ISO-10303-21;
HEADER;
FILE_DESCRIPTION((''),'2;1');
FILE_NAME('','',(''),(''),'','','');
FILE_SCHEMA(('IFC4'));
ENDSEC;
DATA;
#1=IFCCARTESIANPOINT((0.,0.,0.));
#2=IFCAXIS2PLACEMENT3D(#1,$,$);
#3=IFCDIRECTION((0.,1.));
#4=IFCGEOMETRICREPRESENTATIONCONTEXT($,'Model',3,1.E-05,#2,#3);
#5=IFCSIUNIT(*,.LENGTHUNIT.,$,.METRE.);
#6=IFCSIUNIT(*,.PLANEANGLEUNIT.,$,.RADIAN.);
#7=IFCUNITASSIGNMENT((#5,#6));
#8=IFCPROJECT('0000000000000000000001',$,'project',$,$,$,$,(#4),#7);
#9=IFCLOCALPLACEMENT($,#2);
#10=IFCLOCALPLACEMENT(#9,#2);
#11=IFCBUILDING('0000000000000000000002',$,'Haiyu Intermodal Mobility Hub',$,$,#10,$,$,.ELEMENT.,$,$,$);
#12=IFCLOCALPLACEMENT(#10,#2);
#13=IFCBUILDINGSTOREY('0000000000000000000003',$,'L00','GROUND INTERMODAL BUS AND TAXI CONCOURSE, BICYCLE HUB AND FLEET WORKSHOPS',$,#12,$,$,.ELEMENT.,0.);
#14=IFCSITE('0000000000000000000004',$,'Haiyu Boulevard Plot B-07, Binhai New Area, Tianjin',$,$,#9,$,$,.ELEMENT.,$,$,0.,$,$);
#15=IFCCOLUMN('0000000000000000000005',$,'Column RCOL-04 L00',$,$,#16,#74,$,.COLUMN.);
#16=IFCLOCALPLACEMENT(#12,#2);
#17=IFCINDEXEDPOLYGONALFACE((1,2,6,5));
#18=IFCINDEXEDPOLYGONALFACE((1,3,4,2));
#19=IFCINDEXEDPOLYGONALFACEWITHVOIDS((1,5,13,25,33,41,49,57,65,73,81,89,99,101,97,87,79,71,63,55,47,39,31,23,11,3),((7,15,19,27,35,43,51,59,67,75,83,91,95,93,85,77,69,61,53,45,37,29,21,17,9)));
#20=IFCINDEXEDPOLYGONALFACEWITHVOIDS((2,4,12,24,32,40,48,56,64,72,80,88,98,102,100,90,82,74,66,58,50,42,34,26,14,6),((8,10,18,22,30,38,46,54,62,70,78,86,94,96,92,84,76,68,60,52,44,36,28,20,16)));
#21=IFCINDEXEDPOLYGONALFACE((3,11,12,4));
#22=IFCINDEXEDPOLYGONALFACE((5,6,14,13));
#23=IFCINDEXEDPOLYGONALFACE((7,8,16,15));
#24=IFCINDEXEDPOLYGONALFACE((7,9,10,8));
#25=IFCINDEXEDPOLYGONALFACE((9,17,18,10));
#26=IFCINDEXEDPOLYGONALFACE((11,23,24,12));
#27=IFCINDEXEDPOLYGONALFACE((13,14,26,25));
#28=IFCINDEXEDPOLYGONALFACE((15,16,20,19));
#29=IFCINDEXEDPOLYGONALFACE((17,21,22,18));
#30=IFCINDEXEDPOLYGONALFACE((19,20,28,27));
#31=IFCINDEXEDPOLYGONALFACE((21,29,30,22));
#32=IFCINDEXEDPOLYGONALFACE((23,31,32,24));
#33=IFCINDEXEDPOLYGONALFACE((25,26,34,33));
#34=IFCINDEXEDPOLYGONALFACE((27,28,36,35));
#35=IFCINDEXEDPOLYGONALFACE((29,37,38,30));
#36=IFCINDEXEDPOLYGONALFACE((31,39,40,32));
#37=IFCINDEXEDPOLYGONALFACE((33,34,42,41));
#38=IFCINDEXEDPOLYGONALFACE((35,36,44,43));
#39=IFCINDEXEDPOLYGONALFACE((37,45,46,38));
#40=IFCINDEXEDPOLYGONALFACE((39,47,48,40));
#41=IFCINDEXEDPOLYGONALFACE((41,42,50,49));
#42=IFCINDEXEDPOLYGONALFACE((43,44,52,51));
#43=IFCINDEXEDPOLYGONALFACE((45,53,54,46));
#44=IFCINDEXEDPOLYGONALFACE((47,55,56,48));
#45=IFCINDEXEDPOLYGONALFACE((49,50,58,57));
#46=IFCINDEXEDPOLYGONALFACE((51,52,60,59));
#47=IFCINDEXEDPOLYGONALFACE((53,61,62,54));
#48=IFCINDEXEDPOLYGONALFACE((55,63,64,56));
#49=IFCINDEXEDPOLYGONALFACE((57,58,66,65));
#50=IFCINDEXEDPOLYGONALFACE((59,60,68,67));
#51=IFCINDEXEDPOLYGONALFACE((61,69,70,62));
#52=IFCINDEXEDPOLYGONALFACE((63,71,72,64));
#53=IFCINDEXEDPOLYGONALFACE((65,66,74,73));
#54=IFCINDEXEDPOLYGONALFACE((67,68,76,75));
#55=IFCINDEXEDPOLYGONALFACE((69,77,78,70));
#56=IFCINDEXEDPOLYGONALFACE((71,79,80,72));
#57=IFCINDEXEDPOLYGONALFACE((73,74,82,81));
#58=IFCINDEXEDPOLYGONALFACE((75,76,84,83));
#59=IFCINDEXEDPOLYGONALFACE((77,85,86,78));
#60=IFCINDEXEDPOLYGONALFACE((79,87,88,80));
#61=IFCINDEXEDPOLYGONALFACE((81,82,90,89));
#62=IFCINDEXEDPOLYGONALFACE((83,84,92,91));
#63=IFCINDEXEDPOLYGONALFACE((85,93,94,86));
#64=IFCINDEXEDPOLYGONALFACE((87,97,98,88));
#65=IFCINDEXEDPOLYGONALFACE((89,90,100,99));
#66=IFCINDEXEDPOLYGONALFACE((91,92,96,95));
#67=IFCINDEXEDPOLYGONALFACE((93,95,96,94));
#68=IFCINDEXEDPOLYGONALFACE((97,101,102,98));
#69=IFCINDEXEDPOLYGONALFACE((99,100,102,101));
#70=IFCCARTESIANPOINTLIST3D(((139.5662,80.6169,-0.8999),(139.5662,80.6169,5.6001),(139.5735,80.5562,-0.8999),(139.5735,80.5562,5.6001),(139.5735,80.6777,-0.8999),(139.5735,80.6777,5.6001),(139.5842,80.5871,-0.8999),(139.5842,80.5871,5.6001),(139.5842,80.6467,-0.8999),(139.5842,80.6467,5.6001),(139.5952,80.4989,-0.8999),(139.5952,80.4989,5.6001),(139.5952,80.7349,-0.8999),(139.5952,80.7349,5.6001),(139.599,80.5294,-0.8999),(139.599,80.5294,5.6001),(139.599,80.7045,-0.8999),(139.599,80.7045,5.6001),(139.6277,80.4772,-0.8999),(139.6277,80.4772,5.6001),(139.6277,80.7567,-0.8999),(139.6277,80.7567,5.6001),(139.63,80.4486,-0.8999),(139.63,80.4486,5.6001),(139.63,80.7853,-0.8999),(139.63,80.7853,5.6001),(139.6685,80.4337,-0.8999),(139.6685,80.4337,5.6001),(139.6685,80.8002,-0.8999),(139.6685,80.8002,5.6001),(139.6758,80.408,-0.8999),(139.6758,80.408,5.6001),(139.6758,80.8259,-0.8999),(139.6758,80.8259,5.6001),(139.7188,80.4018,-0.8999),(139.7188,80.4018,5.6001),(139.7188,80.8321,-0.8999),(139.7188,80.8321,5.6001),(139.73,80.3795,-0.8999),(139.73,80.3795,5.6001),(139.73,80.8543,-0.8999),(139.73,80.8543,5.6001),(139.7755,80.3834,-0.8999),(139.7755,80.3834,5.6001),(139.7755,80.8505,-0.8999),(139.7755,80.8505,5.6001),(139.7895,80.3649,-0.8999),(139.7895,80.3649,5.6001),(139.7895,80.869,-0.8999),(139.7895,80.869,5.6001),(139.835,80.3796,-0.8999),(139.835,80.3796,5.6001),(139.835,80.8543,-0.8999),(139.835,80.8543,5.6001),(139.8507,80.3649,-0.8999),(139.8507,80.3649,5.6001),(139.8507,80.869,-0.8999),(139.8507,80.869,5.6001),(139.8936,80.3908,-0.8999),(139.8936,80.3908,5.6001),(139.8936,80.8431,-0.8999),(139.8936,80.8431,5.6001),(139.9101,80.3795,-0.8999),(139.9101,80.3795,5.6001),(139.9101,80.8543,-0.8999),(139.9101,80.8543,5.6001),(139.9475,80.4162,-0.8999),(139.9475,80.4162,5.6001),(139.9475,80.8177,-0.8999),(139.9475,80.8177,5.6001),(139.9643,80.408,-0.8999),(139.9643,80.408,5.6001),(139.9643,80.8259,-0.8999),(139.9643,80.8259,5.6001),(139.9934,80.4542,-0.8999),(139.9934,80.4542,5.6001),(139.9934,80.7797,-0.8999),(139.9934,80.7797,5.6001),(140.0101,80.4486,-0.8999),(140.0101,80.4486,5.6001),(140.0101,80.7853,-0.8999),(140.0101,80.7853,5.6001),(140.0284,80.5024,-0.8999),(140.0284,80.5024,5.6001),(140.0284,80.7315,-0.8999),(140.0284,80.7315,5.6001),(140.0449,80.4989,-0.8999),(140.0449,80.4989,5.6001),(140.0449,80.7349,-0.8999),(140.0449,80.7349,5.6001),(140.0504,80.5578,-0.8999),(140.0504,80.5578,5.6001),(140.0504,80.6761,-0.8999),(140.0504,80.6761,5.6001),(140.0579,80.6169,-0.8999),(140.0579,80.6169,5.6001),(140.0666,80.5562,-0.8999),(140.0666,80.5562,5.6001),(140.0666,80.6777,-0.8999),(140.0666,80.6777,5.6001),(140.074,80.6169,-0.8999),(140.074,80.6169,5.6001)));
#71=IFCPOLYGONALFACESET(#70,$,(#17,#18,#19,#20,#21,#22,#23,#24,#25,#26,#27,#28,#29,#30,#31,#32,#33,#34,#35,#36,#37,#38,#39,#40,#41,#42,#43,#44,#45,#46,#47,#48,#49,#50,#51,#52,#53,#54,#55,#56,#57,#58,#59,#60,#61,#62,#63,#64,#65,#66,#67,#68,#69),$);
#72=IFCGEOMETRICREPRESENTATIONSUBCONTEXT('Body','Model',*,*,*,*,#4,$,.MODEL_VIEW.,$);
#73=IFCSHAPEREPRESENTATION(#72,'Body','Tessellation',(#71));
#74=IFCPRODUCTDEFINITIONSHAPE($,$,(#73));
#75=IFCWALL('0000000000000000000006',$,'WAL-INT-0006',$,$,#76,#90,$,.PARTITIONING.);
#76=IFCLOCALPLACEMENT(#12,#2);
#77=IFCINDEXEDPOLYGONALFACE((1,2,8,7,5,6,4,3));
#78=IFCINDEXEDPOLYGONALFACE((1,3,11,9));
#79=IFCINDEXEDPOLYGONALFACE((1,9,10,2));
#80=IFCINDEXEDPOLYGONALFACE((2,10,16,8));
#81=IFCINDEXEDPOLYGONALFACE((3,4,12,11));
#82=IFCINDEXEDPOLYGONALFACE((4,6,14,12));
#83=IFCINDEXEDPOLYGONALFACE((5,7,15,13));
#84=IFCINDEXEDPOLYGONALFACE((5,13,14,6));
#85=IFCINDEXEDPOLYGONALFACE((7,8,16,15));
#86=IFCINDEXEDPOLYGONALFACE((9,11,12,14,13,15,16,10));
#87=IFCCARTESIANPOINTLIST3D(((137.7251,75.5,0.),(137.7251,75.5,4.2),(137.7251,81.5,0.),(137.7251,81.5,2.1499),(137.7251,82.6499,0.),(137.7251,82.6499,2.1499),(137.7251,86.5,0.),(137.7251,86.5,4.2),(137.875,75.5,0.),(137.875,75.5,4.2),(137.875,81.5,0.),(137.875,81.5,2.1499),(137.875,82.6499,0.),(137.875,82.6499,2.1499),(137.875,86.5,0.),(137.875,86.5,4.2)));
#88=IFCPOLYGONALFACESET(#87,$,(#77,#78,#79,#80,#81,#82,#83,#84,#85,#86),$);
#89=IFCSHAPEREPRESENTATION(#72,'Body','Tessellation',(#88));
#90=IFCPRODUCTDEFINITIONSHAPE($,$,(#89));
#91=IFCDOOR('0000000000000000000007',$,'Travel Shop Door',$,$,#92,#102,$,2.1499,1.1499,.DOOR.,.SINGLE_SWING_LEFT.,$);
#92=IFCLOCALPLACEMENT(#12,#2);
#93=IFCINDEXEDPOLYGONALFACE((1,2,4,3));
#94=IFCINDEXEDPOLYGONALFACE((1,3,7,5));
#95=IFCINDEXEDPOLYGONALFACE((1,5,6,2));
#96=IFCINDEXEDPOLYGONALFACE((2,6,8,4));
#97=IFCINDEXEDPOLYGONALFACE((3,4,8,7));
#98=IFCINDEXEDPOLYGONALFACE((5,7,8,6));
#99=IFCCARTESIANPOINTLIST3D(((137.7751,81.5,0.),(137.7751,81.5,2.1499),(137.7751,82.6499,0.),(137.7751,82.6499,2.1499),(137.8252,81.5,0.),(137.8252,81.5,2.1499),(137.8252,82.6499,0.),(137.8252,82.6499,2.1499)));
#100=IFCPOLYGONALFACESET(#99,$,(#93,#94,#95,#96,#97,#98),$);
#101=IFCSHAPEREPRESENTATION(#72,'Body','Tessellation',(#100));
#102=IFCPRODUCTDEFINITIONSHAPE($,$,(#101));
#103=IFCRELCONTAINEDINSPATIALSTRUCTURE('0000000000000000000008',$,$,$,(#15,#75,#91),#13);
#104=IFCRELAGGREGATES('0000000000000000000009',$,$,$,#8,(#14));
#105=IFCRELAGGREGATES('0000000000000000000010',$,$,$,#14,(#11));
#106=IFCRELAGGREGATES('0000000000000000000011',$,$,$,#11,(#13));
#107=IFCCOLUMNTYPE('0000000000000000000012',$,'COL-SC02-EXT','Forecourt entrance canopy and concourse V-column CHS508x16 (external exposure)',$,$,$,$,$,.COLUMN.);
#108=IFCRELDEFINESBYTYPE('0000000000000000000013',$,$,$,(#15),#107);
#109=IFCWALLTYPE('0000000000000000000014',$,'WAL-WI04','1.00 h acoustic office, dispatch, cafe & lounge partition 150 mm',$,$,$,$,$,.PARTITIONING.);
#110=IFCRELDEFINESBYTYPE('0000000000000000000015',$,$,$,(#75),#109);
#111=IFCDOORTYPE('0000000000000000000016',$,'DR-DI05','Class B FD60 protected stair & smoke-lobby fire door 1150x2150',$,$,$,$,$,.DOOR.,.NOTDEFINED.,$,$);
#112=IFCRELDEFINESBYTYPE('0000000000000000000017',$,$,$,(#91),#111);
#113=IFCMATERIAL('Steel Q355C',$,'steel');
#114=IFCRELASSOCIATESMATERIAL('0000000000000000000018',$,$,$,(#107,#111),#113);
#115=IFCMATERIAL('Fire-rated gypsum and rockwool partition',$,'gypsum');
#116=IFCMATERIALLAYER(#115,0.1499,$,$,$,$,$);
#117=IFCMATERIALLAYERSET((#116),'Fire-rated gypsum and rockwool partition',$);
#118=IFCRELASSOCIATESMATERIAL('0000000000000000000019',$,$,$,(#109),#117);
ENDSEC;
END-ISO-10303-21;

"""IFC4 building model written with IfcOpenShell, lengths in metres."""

from ifc_helpers import new_model, si_unit, direction, frame, frame_2d, origin, origin_2d, place, context, subcontext, project, spatial, rectangle, hollow_circle, extrude, material, layer, layer_set, material_profile, profile_set, type_object, element, fill, save


model = new_model("IFC4")

# Units and contexts
model_context = context("Model", 3, precision=1e-05, world=origin(), true_north=direction((0.0, 1.0)))
body_context = subcontext(model_context, "Body", "Model", "MODEL_VIEW")
ifc_project = project(units=[si_unit("LENGTHUNIT", "METRE"), si_unit("PLANEANGLEUNIT", "RADIAN")], contexts=[model_context])

# Site, building, storey
site_placement = place(None, origin())
site = spatial("IfcSite", under=ifc_project, at=site_placement, Name="Haiyu Boulevard Plot B-07, Binhai New Area, Tianjin", CompositionType="ELEMENT", RefElevation=0.0)
building_placement = place(site_placement, origin())
building = spatial("IfcBuilding", under=site, at=building_placement, Name="Haiyu Intermodal Mobility Hub", CompositionType="ELEMENT")
storey_placement = place(building_placement, origin())
storey = spatial("IfcBuildingStorey", under=building, at=storey_placement, Name="L00", Description="GROUND INTERMODAL BUS AND TAXI CONCOURSE, BICYCLE HUB AND FLEET WORKSHOPS", CompositionType="ELEMENT", Elevation=0.0)

# Column
ifc_material_1 = material(Name="Steel Q355C", Category="steel")
ifc_material_profile_1 = material_profile(ifc_material_1, hollow_circle(Radius=0.2539, WallThickness=0.0161, at=origin_2d()), Name="CHS508x16")
ifc_profile_set_1 = profile_set([ifc_material_profile_1], Name="Steel Q355C")
column_type_1 = type_object("IfcColumnType", Name="COL-SC02-EXT", Description="Forecourt entrance canopy and concourse V-column CHS508x16 (external exposure)", PredefinedType="COLUMN", material=ifc_profile_set_1)
column_placement = place(storey_placement, frame((139.8201, 80.6169, -0.8999), z_axis=(0.0, 0.0, 1.0), x_axis=(1.0, 0.0, 0.0)))
element("IfcColumn", 1, at=column_placement, inside=storey, type_object=column_type_1, Name="Column RCOL-04 L00", PredefinedType="COLUMN", context=body_context, shape_type="SweptSolid", body=[
    extrude(hollow_circle(Radius=0.2539, WallThickness=0.0161, at=origin_2d()), origin(), (0.0, 0.0, 1.0), 6.5),
])

# Wall, opening, door
ifc_material_2 = material(Name="Fire-rated gypsum and rockwool partition", Category="gypsum")
ifc_layer_1 = layer(ifc_material_2, 0.1499)
ifc_layer_set_1 = layer_set([ifc_layer_1], Name="Fire-rated gypsum and rockwool partition")
wall_type = type_object("IfcWallType", Name="WAL-WI04", Description="1.00 h acoustic office, dispatch, cafe & lounge partition 150 mm", PredefinedType="PARTITIONING", material=ifc_layer_set_1)
wall_placement = place(storey_placement, frame((137.8, 75.5, 0.0), z_axis=(0.0, 0.0, 1.0), x_axis=(0.0, 1.0, 0.0)))
wall = element("IfcWall", 2, at=wall_placement, inside=storey, type_object=wall_type, Name="WAL-INT-0006", PredefinedType="PARTITIONING", context=body_context, shape_type="SweptSolid", body=[
    extrude(rectangle(XDim=11.0, YDim=0.1499, at=frame_2d((5.5, 0.0))), origin(), (0.0, 0.0, 1.0), 4.2),
])
opening_placement = place(wall_placement, frame((6.0, 0.0, 0.0)))
opening = element("IfcOpeningElement", 3, at=opening_placement, cuts=wall, PredefinedType="OPENING", context=body_context, shape_type="SweptSolid", body=[
    extrude(rectangle(XDim=1.1499, YDim=2.1499, at=frame_2d((0.575, 1.075))), frame((0.0, 0.085, 0.0), z_axis=(0.0, -1.0, 0.0), x_axis=(1.0, 0.0, 0.0)), (0.0, 0.0, 1.0), 0.1699),
])
door_type = type_object("IfcDoorType", Name="DR-DI05", Description="Class B FD60 protected stair & smoke-lobby fire door 1150x2150", OperationType="NOTDEFINED", PredefinedType="DOOR", material=ifc_material_1)
door_placement = place(opening_placement, origin())
door = element("IfcDoor", 4, at=door_placement, inside=storey, type_object=door_type, Name="Travel Shop Door", OperationType="SINGLE_SWING_LEFT", OverallHeight=2.1499, OverallWidth=1.1499, PredefinedType="DOOR", context=body_context, shape_type="SweptSolid", body=[
    extrude(rectangle(XDim=1.1499, YDim=2.1499, at=frame_2d((0.575, 1.075))), frame((0.0, 0.0249, 0.0), z_axis=(0.0, -1.0, 0.0), x_axis=(1.0, 0.0, 0.0)), (0.0, 0.0, 1.0), 0.05),
])
fill(opening, door)

save(model, "model.ifc")
